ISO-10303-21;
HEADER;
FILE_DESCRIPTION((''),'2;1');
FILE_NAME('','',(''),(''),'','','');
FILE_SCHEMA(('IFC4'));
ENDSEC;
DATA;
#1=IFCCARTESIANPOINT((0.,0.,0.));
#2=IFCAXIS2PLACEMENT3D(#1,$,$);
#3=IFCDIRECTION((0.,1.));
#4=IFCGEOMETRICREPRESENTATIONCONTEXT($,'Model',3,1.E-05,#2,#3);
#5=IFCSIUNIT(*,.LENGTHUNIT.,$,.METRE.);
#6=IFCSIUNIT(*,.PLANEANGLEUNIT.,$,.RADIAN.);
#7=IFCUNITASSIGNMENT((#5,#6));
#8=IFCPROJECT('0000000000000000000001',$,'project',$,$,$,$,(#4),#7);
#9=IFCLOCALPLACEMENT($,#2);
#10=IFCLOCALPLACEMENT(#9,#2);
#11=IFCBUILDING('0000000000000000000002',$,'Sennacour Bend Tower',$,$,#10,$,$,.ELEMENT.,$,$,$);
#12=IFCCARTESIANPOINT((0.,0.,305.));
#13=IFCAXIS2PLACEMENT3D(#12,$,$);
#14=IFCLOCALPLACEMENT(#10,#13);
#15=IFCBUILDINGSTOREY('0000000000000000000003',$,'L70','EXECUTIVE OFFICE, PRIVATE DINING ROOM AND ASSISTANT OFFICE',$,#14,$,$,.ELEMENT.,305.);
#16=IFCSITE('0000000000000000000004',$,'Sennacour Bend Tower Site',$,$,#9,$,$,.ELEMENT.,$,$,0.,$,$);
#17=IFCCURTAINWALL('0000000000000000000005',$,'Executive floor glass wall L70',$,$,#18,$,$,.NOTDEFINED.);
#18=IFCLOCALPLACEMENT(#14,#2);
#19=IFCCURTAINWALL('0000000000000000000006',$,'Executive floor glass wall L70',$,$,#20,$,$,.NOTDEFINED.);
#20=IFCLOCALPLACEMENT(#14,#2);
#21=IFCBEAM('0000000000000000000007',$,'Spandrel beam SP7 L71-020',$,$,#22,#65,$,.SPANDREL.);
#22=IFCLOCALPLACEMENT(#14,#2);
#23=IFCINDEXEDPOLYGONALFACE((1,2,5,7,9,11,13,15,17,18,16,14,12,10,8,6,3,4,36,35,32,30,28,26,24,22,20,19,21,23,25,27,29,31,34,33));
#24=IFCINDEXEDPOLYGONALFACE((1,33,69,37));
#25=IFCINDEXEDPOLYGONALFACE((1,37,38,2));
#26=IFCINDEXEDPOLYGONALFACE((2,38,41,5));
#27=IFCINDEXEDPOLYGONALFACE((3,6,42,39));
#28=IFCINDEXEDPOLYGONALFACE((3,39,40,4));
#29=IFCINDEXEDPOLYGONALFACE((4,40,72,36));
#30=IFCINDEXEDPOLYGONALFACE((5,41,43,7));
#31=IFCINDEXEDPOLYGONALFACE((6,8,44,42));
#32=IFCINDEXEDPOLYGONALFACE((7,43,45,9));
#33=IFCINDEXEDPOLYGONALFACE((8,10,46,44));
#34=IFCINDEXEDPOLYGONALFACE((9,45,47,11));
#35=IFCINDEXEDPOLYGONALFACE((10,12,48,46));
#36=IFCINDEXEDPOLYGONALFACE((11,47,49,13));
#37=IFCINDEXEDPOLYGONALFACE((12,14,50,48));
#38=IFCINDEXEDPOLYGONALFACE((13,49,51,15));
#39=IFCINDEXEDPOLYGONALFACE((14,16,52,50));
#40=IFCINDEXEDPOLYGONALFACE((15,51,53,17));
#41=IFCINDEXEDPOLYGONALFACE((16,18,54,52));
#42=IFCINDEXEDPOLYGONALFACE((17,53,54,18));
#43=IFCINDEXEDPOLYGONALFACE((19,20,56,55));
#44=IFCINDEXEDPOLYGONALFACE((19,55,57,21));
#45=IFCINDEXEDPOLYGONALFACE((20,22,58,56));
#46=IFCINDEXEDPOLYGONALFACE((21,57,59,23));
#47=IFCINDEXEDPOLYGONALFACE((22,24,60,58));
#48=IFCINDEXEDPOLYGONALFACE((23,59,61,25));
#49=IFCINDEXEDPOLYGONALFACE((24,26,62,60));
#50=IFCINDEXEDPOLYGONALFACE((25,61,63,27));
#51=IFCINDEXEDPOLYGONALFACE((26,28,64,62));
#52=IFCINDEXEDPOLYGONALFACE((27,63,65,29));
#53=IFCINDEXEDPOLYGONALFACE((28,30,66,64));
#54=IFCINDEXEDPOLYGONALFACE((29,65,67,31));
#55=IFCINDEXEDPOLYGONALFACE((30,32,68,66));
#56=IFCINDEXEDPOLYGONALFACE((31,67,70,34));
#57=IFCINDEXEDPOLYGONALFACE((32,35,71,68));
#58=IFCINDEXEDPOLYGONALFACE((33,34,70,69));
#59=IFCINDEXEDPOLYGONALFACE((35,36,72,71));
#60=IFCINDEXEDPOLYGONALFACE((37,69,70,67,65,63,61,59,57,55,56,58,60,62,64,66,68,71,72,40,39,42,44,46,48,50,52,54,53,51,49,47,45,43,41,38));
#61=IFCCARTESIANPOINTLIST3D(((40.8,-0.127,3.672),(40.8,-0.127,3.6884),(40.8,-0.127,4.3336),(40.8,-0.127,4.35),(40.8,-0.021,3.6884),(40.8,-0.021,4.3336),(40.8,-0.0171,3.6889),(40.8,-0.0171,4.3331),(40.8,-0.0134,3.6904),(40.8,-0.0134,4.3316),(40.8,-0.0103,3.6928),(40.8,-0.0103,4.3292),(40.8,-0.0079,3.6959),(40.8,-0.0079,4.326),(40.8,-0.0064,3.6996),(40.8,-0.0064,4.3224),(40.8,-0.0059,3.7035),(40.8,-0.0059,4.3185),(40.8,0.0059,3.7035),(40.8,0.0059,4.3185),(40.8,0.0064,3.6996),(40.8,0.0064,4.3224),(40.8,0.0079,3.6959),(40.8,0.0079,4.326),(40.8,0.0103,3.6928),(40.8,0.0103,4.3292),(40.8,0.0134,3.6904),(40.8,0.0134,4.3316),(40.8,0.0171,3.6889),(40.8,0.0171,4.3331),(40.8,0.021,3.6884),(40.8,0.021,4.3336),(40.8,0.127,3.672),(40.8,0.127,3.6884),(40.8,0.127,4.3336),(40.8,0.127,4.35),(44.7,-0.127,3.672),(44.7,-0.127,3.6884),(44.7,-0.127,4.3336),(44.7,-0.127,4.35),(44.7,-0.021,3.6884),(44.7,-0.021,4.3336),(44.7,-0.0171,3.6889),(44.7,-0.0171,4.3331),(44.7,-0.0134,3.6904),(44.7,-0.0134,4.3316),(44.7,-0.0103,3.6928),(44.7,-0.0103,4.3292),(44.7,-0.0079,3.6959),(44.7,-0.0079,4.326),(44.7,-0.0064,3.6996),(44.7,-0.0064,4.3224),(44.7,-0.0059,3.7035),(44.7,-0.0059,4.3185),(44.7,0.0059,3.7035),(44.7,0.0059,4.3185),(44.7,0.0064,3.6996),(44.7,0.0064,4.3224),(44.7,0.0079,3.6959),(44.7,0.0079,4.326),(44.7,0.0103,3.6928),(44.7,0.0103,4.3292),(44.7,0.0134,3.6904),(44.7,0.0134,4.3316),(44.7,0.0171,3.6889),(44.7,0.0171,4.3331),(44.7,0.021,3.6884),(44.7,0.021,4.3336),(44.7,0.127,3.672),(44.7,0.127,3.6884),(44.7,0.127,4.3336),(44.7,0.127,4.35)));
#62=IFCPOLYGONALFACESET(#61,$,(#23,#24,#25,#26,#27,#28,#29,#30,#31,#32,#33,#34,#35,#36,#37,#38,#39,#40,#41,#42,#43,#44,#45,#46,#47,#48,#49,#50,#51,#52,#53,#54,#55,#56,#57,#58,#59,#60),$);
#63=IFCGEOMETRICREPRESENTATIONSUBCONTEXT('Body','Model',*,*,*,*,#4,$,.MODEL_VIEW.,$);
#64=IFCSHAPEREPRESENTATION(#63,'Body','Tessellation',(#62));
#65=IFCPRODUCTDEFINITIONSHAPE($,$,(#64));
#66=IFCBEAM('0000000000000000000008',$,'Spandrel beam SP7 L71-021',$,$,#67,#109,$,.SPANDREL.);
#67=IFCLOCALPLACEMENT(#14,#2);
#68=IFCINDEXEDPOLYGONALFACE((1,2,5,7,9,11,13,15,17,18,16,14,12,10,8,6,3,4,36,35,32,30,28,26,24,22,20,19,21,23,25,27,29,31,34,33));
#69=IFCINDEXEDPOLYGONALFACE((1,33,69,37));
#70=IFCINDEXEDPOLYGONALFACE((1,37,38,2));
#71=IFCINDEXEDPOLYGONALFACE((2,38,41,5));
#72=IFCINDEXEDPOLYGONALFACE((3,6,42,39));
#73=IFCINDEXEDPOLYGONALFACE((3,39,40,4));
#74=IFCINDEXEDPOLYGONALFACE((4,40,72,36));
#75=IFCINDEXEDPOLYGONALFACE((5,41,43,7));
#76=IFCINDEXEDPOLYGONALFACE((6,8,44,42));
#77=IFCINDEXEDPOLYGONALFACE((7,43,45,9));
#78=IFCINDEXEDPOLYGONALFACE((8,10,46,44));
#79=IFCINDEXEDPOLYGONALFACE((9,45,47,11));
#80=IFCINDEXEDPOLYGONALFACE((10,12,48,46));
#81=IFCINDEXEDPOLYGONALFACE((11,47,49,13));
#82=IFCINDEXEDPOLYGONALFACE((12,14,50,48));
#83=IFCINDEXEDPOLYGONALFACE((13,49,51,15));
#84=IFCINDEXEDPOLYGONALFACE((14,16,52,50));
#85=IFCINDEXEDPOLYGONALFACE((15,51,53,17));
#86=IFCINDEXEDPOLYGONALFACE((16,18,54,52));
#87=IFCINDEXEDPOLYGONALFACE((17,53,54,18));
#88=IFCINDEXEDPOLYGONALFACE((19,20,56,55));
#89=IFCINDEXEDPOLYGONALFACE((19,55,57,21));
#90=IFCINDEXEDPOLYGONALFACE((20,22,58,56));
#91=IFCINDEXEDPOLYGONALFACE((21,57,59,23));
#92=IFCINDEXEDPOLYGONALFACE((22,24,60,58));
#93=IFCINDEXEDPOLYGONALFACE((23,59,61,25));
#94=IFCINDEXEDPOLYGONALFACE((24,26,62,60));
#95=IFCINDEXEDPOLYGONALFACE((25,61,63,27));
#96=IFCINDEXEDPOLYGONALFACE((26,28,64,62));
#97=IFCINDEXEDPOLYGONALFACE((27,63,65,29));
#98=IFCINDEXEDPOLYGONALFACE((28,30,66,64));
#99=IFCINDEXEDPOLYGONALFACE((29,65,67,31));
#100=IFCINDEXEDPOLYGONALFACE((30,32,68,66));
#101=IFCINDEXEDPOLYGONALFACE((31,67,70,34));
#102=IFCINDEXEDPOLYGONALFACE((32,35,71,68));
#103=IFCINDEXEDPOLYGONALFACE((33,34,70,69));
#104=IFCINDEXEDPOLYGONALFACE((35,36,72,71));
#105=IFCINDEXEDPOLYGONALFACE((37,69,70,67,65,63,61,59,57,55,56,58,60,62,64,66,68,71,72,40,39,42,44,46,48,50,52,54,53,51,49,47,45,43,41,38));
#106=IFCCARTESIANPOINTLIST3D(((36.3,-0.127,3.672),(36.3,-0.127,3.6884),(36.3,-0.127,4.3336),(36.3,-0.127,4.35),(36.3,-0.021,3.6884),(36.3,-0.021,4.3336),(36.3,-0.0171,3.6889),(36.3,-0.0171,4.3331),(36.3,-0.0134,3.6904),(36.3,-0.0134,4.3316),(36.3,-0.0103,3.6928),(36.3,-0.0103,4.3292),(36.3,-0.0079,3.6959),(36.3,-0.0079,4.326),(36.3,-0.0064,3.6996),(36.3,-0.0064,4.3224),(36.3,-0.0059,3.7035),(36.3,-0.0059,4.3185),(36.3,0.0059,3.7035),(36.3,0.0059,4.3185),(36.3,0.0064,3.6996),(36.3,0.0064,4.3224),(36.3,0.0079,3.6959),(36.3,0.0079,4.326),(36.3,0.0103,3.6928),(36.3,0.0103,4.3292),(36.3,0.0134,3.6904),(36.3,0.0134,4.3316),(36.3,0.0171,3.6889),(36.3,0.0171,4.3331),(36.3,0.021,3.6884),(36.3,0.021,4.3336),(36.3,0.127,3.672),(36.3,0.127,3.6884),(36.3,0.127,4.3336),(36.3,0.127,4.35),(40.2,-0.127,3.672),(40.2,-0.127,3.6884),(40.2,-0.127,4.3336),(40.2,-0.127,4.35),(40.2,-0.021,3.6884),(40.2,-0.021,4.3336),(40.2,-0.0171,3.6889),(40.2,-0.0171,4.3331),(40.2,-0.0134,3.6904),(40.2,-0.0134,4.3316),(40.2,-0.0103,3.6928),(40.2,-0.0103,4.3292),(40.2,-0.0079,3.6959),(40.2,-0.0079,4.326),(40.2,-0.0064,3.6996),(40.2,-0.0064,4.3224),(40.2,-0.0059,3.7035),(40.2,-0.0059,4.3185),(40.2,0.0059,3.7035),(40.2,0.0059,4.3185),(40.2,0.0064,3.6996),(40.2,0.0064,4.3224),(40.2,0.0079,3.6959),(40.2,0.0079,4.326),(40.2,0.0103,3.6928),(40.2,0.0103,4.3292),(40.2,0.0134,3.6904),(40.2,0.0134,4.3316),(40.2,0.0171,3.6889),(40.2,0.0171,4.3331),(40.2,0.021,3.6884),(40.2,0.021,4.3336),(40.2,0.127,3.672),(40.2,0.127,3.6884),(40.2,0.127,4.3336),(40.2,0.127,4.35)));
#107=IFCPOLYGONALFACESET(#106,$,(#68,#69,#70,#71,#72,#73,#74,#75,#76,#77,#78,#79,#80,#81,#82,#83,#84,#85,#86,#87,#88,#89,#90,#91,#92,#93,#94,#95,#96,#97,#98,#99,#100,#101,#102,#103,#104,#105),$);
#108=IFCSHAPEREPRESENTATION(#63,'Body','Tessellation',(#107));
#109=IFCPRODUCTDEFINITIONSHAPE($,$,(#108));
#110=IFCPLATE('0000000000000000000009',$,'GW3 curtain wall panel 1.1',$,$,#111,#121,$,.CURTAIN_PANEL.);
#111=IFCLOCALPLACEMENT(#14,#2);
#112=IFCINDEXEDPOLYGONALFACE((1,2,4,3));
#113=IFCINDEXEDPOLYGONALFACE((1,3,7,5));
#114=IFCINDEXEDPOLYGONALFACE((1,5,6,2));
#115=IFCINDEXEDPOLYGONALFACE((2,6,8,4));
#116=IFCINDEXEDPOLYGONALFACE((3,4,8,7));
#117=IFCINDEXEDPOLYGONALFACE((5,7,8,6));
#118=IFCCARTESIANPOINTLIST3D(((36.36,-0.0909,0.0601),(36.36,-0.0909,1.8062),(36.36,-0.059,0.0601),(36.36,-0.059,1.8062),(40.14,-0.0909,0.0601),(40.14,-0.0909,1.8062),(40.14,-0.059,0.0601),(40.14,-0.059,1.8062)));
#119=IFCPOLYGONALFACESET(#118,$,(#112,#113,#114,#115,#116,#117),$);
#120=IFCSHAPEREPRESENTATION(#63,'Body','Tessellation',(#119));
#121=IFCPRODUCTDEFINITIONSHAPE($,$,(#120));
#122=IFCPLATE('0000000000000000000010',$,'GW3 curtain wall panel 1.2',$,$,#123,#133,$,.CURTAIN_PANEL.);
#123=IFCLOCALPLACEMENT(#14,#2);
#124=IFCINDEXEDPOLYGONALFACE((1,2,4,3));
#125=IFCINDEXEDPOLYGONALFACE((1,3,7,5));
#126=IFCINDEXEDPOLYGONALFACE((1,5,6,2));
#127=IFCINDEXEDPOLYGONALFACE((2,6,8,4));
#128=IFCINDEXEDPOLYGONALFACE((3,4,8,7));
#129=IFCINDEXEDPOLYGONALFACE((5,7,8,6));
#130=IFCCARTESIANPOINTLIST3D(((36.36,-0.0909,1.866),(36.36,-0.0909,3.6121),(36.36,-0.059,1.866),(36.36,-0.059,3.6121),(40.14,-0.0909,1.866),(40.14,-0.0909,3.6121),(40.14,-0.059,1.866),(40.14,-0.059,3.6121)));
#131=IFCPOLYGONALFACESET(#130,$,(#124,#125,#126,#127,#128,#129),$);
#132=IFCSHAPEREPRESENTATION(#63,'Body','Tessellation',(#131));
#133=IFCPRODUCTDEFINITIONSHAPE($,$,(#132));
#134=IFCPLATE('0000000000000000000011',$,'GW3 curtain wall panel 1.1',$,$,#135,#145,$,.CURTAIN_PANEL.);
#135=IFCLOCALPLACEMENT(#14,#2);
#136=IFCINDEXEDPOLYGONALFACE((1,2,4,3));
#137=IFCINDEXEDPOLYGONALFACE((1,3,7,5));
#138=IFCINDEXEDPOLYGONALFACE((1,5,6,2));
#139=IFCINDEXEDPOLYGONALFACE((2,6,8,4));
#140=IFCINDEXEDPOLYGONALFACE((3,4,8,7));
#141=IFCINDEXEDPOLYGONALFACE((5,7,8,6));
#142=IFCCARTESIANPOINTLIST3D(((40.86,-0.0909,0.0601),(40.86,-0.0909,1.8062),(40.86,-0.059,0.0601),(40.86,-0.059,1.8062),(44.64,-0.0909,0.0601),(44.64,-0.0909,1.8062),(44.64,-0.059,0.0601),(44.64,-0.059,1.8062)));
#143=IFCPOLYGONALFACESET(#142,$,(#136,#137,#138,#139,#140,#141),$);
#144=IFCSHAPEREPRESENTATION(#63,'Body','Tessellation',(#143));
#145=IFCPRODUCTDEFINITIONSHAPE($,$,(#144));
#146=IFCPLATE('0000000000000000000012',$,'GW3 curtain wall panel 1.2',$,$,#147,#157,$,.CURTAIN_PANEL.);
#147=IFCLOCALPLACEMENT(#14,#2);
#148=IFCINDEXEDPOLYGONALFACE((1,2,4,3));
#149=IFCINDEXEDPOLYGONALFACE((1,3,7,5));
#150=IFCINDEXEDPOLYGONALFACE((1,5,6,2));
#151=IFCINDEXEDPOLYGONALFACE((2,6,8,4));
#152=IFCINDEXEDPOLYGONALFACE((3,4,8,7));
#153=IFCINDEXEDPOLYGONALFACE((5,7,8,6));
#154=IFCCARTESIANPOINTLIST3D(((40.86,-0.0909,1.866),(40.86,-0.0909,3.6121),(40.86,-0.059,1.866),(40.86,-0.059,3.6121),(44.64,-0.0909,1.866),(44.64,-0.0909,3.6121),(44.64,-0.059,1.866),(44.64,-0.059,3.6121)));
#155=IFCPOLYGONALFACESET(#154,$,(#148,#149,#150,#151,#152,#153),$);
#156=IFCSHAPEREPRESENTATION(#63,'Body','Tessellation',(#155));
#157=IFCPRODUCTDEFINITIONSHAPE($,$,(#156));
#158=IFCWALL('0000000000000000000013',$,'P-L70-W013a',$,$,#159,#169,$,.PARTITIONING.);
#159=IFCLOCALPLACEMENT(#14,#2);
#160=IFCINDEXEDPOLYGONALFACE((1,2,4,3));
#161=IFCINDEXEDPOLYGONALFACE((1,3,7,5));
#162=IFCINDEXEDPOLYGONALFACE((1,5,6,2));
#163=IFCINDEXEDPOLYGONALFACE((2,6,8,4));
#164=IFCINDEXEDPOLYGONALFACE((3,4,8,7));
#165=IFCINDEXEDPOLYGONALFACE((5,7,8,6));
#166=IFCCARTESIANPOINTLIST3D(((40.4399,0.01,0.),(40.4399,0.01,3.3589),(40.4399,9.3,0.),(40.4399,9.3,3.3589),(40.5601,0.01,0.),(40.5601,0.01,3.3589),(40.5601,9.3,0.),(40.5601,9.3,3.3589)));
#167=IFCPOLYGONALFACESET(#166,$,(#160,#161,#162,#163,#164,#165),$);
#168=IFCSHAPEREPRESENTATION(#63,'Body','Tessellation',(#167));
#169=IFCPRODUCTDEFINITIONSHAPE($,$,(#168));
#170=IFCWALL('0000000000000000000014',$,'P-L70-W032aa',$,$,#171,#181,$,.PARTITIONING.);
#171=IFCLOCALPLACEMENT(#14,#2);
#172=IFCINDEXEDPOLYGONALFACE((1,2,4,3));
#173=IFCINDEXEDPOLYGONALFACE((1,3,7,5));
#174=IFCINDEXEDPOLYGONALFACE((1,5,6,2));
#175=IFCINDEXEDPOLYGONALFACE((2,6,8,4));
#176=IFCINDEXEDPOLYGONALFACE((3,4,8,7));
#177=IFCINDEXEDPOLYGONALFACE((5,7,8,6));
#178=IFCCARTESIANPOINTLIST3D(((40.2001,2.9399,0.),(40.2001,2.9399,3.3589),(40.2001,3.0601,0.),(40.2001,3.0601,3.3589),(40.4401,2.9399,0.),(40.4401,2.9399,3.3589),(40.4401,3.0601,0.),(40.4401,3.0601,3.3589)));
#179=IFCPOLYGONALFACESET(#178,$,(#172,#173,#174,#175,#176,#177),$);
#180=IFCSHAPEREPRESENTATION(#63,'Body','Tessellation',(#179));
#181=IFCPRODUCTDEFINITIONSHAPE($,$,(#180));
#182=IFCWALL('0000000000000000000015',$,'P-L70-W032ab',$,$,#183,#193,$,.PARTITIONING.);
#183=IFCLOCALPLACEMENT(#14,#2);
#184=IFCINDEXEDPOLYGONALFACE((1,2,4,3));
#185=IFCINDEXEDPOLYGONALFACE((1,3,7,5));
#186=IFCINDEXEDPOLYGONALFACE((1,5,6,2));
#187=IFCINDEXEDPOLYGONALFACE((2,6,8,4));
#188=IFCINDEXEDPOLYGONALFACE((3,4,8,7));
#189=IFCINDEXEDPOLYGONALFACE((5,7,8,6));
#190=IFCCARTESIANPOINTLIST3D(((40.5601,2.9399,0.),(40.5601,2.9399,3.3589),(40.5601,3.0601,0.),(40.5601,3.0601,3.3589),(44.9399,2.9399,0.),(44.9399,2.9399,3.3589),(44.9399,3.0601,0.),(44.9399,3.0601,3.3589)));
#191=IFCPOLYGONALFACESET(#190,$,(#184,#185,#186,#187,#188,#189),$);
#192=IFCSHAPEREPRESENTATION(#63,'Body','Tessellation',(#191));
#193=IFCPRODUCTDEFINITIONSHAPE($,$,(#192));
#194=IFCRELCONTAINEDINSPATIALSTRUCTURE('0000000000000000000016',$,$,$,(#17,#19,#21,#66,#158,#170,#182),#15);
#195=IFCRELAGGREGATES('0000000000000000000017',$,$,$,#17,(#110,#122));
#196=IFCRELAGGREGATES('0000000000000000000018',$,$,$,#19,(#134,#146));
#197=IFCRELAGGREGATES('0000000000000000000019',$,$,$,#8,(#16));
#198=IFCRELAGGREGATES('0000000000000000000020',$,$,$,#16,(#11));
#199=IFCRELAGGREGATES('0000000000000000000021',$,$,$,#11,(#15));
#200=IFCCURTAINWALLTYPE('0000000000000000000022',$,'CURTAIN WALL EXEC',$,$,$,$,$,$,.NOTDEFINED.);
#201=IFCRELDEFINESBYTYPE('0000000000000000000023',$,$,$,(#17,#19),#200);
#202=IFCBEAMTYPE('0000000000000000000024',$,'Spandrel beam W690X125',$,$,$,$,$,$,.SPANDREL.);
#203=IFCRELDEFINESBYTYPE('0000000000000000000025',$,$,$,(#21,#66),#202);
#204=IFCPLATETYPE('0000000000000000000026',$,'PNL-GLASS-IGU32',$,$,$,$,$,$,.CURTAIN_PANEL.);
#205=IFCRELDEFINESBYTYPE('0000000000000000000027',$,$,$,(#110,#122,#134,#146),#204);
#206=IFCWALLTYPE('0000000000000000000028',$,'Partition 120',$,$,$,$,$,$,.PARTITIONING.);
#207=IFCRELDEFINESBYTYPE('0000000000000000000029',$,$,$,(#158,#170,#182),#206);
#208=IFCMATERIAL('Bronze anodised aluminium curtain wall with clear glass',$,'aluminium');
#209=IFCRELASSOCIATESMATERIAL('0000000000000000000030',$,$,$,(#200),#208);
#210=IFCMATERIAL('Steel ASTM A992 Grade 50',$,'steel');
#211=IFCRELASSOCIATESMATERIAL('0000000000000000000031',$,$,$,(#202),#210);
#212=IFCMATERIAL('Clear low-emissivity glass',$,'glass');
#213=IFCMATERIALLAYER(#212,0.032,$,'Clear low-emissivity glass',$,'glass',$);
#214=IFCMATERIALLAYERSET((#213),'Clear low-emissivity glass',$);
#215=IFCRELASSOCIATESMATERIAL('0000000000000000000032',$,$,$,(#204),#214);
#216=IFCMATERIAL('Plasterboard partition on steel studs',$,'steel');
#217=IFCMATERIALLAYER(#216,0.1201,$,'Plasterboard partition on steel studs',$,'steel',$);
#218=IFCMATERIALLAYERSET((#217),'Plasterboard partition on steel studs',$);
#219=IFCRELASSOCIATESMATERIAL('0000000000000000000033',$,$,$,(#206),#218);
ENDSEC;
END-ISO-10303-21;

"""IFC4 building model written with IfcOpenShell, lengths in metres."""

from ifc_helpers import new_model, si_unit, direction, frame, frame_2d, origin, origin_2d, place, context, subcontext, project, spatial, rectangle, i_section, extrude, material, layer, layer_set, material_profile, profile_set, type_object, element, aggregate, save


model = new_model("IFC4")

# Units and contexts
model_context = context("Model", 3, precision=1e-05, world=origin(), true_north=direction((0.0, 1.0)))
body_context = subcontext(model_context, "Body", "Model", "MODEL_VIEW")
ifc_project = project(units=[si_unit("LENGTHUNIT", "METRE"), si_unit("PLANEANGLEUNIT", "RADIAN")], contexts=[model_context])

# Site, building, storey
site_placement = place(None, origin())
site = spatial("IfcSite", under=ifc_project, at=site_placement, Name="Sennacour Bend Tower Site", CompositionType="ELEMENT", RefElevation=0.0)
building_placement = place(site_placement, origin())
building = spatial("IfcBuilding", under=site, at=building_placement, Name="Sennacour Bend Tower", CompositionType="ELEMENT")
storey_placement = place(building_placement, frame((0.0, 0.0, 305.0)))
storey = spatial("IfcBuildingStorey", under=building, at=storey_placement, Name="L70", Description="EXECUTIVE OFFICE, PRIVATE DINING ROOM AND ASSISTANT OFFICE", CompositionType="ELEMENT", Elevation=305.0)

# Curtain wall
ifc_material_1 = material(Name="Bronze anodised aluminium curtain wall with clear glass", Category="aluminium")
curtain_wall_type = type_object("IfcCurtainWallType", Name="CURTAIN WALL EXEC", PredefinedType="NOTDEFINED", material=ifc_material_1)
curtain_wall_1_placement = place(storey_placement, origin())
curtain_wall_1 = element("IfcCurtainWall", 1, at=curtain_wall_1_placement, inside=storey, type_object=curtain_wall_type, Name="Executive floor glass wall L70", PredefinedType="NOTDEFINED")

# Curtain wall
curtain_wall_2_placement = place(storey_placement, origin())
curtain_wall_2 = element("IfcCurtainWall", 2, at=curtain_wall_2_placement, inside=storey, type_object=curtain_wall_type, Name="Executive floor glass wall L70", PredefinedType="NOTDEFINED")

# Beams
ifc_material_2 = material(Name="Steel ASTM A992 Grade 50", Category="steel")
ifc_material_profile_1 = material_profile(ifc_material_2, i_section(OverallWidth=0.2539, OverallDepth=0.678, WebThickness=0.0117, FlangeThickness=0.0164, FilletRadius=0.0151, at=origin_2d()), Name="Steel ASTM A992 Grade 50", Category="steel")
ifc_profile_set_1 = profile_set([ifc_material_profile_1], Name="Steel ASTM A992 Grade 50")
beam_type_1 = type_object("IfcBeamType", Name="Spandrel beam W690X125", PredefinedType="SPANDREL", material=ifc_profile_set_1)
for number, where, z_axis, x_axis, name in (
    (3, (44.7, 0.0, 4.011), (-1.0, 0.0, 0.0), (0.0, -1.0, 0.0), "Spandrel beam SP7 L71-020"),
    (4, (40.2, 0.0, 4.011), (-1.0, 0.0, 0.0), (0.0, -1.0, 0.0), "Spandrel beam SP7 L71-021"),
):
    element("IfcBeam", number, at=place(storey_placement, frame(where, z_axis=z_axis, x_axis=x_axis)), inside=storey, type_object=beam_type_1, Name=name, PredefinedType="SPANDREL", context=body_context, shape_type="SweptSolid", body=[
        extrude(i_section(OverallWidth=0.2539, OverallDepth=0.678, WebThickness=0.0117, FlangeThickness=0.0164, FilletRadius=0.0151, at=origin_2d()), origin(), (0.0, 0.0, 1.0), 3.8999),
    ])

# Plates
ifc_material_3 = material(Name="Clear low-emissivity glass", Category="glass")
ifc_layer_1 = layer(ifc_material_3, 0.032, Name="Clear low-emissivity glass", Category="glass")
ifc_layer_set_1 = layer_set([ifc_layer_1], Name="Clear low-emissivity glass")
plate_type = type_object("IfcPlateType", Name="PNL-GLASS-IGU32", PredefinedType="CURTAIN_PANEL", material=ifc_layer_set_1)
plate_1_placement = place(storey_placement, frame((38.25, -0.075, 0.0601), z_axis=(0.0, 0.0, 1.0), x_axis=(1.0, 0.0, 0.0)))
plate_1 = element("IfcPlate", 5, at=plate_1_placement, type_object=plate_type, Name="GW3 curtain wall panel 1.1", PredefinedType="CURTAIN_PANEL", context=body_context, shape_type="SweptSolid", body=[
    extrude(rectangle(XDim=3.78, YDim=0.032, at=origin_2d()), origin(), (0.0, 0.0, 1.0), 1.7461),
])
plate_2_placement = place(storey_placement, frame((38.25, -0.075, 1.866), z_axis=(0.0, 0.0, 1.0), x_axis=(1.0, 0.0, 0.0)))
plate_2 = element("IfcPlate", 6, at=plate_2_placement, type_object=plate_type, Name="GW3 curtain wall panel 1.2", PredefinedType="CURTAIN_PANEL", context=body_context, shape_type="SweptSolid", body=[
    extrude(rectangle(XDim=3.78, YDim=0.032, at=origin_2d()), origin(), (0.0, 0.0, 1.0), 1.7461),
])
aggregate(curtain_wall_1, [plate_1, plate_2])
plate_3_placement = place(storey_placement, frame((42.75, -0.075, 0.0601), z_axis=(0.0, 0.0, 1.0), x_axis=(1.0, 0.0, 0.0)))
plate_3 = element("IfcPlate", 7, at=plate_3_placement, type_object=plate_type, Name="GW3 curtain wall panel 1.1", PredefinedType="CURTAIN_PANEL", context=body_context, shape_type="SweptSolid", body=[
    extrude(rectangle(XDim=3.78, YDim=0.032, at=origin_2d()), origin(), (0.0, 0.0, 1.0), 1.7461),
])
plate_4_placement = place(storey_placement, frame((42.75, -0.075, 1.866), z_axis=(0.0, 0.0, 1.0), x_axis=(1.0, 0.0, 0.0)))
plate_4 = element("IfcPlate", 8, at=plate_4_placement, type_object=plate_type, Name="GW3 curtain wall panel 1.2", PredefinedType="CURTAIN_PANEL", context=body_context, shape_type="SweptSolid", body=[
    extrude(rectangle(XDim=3.78, YDim=0.032, at=origin_2d()), origin(), (0.0, 0.0, 1.0), 1.7461),
])
aggregate(curtain_wall_2, [plate_3, plate_4])

# Walls
ifc_material_4 = material(Name="Plasterboard partition on steel studs", Category="steel")
ifc_layer_2 = layer(ifc_material_4, 0.1201, Name="Plasterboard partition on steel studs", Category="steel")
ifc_layer_set_2 = layer_set([ifc_layer_2], Name="Plasterboard partition on steel studs")
wall_type_1 = type_object("IfcWallType", Name="Partition 120", PredefinedType="PARTITIONING", material=ifc_layer_set_2)
wall_1_placement = place(storey_placement, frame((40.5, 0.01, 0.0), z_axis=(0.0, 0.0, 1.0), x_axis=(0.0, 1.0, 0.0)))
element("IfcWall", 9, at=wall_1_placement, inside=storey, type_object=wall_type_1, Name="P-L70-W013a", PredefinedType="PARTITIONING", context=body_context, shape_type="SweptSolid", body=[
    extrude(rectangle(XDim=9.29, YDim=0.1201, at=frame_2d((4.645, 0.0))), origin(), (0.0, 0.0, 1.0), 3.3589),
])
wall_2_placement = place(storey_placement, frame((40.2, 3.0, 0.0), z_axis=(0.0, 0.0, 1.0), x_axis=(1.0, 0.0, 0.0)))
element("IfcWall", 10, at=wall_2_placement, inside=storey, type_object=wall_type_1, Name="P-L70-W032aa", PredefinedType="PARTITIONING", context=body_context, shape_type="SweptSolid", body=[
    extrude(rectangle(XDim=0.24, YDim=0.1201, at=frame_2d((0.1201, 0.0))), origin(), (0.0, 0.0, 1.0), 3.3589),
])
wall_3_placement = place(storey_placement, frame((40.5601, 3.0, 0.0), z_axis=(0.0, 0.0, 1.0), x_axis=(1.0, 0.0, 0.0)))
element("IfcWall", 11, at=wall_3_placement, inside=storey, type_object=wall_type_1, Name="P-L70-W032ab", PredefinedType="PARTITIONING", context=body_context, shape_type="SweptSolid", body=[
    extrude(rectangle(XDim=4.3799, YDim=0.1201, at=frame_2d((2.1899, 0.0))), origin(), (0.0, 0.0, 1.0), 3.3589),
])

save(model, "model.ifc")
